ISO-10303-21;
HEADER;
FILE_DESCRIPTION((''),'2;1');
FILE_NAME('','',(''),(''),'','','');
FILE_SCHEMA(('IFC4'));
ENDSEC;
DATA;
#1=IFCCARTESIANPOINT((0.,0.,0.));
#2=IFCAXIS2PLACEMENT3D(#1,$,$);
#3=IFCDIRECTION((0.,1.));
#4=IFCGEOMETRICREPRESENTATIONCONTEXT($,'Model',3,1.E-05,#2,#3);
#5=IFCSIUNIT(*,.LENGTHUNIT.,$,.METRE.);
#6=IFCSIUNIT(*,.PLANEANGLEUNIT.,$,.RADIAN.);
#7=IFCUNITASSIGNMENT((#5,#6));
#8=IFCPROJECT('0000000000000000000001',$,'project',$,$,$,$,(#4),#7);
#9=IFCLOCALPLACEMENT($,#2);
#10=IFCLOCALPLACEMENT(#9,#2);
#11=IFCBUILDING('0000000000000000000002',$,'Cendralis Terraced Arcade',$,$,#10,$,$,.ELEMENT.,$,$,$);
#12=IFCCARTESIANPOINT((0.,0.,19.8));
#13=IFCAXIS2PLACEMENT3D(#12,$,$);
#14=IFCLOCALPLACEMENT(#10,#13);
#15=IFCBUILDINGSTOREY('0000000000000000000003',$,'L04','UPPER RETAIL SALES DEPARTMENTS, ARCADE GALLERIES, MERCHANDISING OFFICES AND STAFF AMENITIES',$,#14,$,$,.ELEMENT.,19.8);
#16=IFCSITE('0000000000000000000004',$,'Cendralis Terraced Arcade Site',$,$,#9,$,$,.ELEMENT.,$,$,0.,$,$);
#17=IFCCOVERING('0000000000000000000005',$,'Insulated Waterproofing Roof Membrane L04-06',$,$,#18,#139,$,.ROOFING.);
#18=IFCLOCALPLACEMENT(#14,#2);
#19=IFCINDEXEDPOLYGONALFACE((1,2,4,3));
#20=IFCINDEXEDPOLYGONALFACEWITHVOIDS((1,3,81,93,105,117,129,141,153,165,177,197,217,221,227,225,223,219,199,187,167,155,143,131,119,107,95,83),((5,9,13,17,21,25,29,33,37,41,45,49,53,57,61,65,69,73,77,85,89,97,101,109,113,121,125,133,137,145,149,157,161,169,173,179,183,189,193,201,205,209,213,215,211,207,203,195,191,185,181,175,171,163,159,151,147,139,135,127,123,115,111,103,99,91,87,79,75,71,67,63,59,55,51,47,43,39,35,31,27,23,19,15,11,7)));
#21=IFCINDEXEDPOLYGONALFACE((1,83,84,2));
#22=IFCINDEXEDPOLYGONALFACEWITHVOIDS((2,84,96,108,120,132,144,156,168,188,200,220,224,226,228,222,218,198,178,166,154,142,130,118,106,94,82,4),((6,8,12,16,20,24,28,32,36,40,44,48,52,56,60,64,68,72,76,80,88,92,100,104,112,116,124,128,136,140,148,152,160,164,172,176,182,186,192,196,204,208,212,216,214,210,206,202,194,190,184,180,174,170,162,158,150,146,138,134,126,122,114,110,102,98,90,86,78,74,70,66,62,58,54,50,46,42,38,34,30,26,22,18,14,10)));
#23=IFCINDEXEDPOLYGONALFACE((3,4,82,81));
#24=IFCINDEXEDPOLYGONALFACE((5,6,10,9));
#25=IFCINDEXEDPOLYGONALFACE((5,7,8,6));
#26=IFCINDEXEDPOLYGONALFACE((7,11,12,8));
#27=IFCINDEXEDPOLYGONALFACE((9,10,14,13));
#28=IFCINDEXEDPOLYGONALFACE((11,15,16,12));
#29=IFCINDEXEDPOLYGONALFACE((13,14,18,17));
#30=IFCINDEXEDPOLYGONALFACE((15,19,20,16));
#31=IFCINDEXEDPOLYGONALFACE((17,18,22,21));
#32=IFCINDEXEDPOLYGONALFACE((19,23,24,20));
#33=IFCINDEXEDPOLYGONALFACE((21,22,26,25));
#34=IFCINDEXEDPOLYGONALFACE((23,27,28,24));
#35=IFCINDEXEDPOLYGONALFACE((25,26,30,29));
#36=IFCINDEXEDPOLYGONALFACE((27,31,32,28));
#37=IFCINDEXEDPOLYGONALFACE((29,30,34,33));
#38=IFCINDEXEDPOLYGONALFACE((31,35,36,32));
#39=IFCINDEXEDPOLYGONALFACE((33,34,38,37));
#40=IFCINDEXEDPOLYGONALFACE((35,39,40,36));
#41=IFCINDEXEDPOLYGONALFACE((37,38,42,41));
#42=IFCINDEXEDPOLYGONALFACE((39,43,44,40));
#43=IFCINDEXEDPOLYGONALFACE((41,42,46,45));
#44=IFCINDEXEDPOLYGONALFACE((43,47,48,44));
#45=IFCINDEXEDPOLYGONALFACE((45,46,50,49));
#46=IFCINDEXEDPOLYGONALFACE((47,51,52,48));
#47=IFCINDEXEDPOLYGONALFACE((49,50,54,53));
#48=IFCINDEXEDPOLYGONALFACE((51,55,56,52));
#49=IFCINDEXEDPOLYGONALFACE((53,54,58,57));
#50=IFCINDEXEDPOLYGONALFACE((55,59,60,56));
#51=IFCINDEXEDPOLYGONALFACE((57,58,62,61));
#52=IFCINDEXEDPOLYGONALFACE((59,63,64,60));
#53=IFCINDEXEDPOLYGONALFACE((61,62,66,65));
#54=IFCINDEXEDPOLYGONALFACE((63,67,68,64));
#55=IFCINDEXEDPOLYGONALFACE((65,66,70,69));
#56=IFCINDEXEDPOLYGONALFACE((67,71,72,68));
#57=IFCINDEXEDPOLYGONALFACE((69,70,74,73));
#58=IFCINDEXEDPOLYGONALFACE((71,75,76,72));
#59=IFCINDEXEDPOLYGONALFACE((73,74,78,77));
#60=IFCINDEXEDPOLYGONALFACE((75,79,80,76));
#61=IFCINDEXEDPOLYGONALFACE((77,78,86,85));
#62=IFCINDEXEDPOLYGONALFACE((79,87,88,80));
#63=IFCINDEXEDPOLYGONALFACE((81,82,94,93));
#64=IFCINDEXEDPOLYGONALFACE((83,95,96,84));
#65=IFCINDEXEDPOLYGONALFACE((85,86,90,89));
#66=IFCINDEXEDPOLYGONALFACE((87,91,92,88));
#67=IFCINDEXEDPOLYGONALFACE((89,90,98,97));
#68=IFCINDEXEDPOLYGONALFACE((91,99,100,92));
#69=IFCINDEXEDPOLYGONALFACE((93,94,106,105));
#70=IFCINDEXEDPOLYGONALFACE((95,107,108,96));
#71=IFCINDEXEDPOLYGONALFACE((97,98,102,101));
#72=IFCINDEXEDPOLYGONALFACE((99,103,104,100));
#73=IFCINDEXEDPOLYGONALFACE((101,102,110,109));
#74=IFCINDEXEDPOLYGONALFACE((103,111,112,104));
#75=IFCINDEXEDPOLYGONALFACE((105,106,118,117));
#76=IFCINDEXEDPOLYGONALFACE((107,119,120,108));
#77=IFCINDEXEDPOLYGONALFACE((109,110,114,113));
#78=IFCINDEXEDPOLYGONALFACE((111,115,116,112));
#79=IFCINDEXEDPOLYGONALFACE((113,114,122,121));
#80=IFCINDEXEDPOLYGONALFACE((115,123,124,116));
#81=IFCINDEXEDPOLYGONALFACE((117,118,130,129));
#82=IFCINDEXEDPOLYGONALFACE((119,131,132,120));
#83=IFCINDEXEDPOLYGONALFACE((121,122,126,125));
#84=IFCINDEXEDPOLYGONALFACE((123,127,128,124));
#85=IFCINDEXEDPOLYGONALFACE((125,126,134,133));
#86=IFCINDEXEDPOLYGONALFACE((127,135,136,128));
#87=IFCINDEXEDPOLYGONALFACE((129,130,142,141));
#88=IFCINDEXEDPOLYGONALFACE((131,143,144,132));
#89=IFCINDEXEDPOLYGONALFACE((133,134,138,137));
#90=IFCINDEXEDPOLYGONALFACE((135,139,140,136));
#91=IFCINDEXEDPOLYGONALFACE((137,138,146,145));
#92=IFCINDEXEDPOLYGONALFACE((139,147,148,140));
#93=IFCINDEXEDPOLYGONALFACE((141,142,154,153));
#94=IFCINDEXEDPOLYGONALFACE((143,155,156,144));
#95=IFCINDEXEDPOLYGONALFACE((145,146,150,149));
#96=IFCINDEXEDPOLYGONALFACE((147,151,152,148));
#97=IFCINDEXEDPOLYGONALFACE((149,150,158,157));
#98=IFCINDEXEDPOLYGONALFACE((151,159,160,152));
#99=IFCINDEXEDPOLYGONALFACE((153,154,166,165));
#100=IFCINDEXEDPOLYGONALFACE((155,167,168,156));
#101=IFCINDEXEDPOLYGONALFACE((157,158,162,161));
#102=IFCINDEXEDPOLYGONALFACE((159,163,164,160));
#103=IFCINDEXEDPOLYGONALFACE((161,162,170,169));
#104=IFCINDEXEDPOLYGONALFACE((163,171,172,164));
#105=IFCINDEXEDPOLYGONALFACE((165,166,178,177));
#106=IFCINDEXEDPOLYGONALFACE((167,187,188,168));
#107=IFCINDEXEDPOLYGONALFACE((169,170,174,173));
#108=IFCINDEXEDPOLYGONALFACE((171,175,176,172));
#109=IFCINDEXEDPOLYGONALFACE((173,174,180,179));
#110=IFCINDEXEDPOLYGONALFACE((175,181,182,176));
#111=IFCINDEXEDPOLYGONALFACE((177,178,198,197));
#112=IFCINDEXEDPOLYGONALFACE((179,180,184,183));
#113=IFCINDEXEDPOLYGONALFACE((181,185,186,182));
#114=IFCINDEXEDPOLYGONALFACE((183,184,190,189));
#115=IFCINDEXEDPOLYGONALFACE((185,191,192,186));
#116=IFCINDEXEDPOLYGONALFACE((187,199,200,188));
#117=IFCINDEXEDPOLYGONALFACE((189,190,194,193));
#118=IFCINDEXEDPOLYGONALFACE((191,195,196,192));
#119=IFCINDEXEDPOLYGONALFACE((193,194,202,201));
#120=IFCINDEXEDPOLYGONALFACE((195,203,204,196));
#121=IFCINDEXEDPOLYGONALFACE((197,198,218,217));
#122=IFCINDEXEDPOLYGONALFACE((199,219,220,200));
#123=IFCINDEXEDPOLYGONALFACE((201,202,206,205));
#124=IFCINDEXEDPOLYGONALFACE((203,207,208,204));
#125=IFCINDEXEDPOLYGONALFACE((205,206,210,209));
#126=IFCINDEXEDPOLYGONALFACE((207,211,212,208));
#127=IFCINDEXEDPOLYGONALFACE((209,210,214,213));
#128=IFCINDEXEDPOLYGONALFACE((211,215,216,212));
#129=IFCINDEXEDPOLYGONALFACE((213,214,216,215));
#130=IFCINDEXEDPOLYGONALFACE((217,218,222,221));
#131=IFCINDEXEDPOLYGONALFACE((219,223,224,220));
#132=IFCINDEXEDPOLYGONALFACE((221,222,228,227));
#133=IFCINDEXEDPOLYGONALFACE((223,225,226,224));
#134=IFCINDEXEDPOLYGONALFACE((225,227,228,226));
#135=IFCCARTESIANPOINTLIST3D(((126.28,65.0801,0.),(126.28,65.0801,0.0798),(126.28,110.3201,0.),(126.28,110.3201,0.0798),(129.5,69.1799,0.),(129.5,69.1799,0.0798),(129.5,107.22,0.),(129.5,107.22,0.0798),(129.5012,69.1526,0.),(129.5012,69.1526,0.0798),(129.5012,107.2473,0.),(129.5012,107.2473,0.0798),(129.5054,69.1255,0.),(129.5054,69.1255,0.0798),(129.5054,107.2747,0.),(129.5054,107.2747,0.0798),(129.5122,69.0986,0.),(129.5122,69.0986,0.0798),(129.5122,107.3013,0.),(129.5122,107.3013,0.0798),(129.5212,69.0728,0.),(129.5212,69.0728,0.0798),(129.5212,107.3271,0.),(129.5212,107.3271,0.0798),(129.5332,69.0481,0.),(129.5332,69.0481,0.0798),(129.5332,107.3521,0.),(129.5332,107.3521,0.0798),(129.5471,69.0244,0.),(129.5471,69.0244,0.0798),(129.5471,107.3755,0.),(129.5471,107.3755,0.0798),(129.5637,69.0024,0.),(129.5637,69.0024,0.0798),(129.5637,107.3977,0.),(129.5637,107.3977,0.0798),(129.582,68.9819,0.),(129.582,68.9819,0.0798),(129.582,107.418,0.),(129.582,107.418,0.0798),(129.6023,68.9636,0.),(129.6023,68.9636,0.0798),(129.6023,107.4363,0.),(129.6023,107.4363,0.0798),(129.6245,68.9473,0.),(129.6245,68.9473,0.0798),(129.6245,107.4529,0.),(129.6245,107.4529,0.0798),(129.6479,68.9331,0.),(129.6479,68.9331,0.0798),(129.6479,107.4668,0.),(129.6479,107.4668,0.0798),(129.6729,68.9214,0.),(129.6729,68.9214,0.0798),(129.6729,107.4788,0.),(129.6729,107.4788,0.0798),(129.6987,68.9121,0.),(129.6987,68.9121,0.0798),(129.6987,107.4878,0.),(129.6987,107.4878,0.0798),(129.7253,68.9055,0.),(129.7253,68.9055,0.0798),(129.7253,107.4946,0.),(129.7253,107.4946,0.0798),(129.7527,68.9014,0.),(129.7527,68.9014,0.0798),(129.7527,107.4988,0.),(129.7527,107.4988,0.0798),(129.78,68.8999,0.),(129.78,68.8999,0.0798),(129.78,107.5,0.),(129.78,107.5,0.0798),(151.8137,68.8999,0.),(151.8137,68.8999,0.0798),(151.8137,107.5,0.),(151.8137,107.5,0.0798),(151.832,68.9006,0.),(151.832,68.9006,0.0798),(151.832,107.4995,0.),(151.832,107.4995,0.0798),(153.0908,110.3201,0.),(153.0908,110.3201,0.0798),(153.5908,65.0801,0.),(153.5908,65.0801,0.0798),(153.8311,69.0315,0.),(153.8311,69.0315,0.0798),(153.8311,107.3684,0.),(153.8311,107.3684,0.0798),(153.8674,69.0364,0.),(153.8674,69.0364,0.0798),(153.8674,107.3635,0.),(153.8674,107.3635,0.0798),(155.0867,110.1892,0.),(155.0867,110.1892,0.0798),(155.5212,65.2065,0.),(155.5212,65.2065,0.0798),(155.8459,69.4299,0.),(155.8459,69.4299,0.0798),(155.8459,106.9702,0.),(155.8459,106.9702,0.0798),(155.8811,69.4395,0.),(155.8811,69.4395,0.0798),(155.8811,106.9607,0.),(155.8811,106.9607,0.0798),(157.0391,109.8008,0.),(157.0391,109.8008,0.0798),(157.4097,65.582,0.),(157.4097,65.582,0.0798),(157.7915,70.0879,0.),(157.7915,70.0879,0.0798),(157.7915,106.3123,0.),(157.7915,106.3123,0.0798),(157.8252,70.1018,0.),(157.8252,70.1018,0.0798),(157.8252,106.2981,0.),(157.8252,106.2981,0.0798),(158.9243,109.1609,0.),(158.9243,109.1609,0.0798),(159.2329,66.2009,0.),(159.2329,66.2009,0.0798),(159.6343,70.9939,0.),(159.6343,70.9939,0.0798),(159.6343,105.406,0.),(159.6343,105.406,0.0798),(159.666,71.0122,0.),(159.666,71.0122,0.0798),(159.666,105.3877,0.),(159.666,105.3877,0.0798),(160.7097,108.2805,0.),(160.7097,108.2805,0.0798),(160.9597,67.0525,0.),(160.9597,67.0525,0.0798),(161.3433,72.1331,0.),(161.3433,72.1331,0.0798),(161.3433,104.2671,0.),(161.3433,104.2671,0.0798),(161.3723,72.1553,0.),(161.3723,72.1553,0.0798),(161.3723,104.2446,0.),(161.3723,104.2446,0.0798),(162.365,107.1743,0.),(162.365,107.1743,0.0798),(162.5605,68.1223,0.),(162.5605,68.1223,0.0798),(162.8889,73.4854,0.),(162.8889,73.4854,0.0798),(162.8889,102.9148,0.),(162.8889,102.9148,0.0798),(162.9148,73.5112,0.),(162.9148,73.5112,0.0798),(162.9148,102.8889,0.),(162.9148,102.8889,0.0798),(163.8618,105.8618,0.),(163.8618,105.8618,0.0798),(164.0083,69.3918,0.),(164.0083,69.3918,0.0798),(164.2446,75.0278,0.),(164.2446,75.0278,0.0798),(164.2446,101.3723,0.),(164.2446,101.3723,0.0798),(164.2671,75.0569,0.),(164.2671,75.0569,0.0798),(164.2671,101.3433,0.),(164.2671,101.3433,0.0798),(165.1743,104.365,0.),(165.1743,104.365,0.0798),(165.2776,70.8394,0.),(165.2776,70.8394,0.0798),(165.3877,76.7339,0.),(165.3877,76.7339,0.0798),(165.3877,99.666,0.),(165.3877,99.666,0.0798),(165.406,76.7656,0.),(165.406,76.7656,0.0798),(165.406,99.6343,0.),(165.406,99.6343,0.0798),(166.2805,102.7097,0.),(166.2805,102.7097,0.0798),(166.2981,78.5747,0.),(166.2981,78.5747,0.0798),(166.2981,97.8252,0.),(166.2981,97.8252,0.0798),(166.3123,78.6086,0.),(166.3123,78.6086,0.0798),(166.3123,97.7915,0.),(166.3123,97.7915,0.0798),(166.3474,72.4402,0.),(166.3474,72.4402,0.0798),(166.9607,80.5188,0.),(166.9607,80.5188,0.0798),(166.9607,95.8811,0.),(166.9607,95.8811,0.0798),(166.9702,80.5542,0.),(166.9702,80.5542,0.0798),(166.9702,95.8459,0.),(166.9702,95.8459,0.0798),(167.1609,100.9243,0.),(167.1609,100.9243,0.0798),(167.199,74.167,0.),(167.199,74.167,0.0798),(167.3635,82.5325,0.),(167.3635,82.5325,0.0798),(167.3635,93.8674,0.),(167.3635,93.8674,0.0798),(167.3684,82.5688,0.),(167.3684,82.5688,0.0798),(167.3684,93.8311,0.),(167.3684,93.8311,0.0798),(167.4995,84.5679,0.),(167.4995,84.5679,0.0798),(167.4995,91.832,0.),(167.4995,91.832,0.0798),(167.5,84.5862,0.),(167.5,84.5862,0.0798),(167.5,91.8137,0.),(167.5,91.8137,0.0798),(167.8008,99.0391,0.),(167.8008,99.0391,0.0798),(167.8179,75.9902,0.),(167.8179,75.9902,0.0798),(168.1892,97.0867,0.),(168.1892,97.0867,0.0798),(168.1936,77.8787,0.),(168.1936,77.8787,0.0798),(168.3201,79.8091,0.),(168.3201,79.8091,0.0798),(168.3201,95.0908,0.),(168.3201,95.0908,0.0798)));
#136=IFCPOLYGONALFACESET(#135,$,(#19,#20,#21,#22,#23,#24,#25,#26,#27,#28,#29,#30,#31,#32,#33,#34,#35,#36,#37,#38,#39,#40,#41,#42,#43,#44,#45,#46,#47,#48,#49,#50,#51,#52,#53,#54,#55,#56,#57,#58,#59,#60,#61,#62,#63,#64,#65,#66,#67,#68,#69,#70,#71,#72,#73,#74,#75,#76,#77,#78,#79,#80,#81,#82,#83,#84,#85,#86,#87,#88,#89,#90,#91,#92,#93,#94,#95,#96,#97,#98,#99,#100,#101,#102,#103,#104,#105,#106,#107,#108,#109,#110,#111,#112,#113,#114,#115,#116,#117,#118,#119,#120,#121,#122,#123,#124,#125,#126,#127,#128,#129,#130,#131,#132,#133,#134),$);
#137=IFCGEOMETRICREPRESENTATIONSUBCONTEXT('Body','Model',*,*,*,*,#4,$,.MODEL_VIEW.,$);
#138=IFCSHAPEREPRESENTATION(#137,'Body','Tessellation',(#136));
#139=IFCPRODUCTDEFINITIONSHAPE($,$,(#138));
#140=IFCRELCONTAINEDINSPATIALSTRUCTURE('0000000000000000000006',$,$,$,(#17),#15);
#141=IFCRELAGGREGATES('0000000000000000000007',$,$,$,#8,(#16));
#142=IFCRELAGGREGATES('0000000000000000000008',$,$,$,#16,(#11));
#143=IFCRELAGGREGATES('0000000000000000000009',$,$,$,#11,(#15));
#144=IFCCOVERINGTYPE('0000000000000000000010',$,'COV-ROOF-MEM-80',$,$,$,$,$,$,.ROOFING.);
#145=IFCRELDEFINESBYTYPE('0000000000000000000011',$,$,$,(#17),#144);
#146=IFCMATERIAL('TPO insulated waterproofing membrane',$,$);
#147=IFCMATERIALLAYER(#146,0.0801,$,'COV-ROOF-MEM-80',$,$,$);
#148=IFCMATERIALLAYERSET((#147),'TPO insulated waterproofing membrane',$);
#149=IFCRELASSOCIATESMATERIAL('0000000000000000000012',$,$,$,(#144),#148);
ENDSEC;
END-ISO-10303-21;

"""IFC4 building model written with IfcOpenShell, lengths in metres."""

from ifc_helpers import new_model, si_unit, direction, frame, origin, place, context, subcontext, project, spatial, polyline, outline, extrude, material, layer, layer_set, type_object, element, save


model = new_model("IFC4")

# Units and contexts
model_context = context("Model", 3, precision=1e-05, world=origin(), true_north=direction((0.0, 1.0)))
body_context = subcontext(model_context, "Body", "Model", "MODEL_VIEW")
ifc_project = project(units=[si_unit("LENGTHUNIT", "METRE"), si_unit("PLANEANGLEUNIT", "RADIAN")], contexts=[model_context])

# Site, building, storey
site_placement = place(None, origin())
site = spatial("IfcSite", under=ifc_project, at=site_placement, Name="Cendralis Terraced Arcade Site", CompositionType="ELEMENT", RefElevation=0.0)
building_placement = place(site_placement, origin())
building = spatial("IfcBuilding", under=site, at=building_placement, Name="Cendralis Terraced Arcade", CompositionType="ELEMENT")
storey_placement = place(building_placement, frame((0.0, 0.0, 19.8)))
storey = spatial("IfcBuildingStorey", under=building, at=storey_placement, Name="L04", Description="UPPER RETAIL SALES DEPARTMENTS, ARCADE GALLERIES, MERCHANDISING OFFICES AND STAFF AMENITIES", CompositionType="ELEMENT", Elevation=19.8)

# Covering
ifc_material_1 = material(Name="TPO insulated waterproofing membrane")
ifc_layer_1 = layer(ifc_material_1, 0.0801, Name="COV-ROOF-MEM-80")
ifc_layer_set_1 = layer_set([ifc_layer_1], Name="TPO insulated waterproofing membrane")
covering_type_1 = type_object("IfcCoveringType", Name="COV-ROOF-MEM-80", PredefinedType="ROOFING", material=ifc_layer_set_1)
covering_1_placement = place(storey_placement, origin())
element("IfcCovering", 1, at=covering_1_placement, inside=storey, type_object=covering_type_1, Name="Insulated Waterproofing Roof Membrane L04-06", PredefinedType="ROOFING", context=body_context, shape_type="SweptSolid", body=[
    extrude(outline(polyline([(158.9243, 109.1609), (160.7097, 108.2805), (162.365, 107.1743), (163.8618, 105.8618), (165.1743, 104.365), (166.2805, 102.7097), (167.1609, 100.9243), (167.8008, 99.0391), (168.1892, 97.0867), (168.3201, 95.0908), (168.3201, 79.8091), (168.1936, 77.8787), (167.8179, 75.9902), (167.199, 74.167), (166.3474, 72.4402), (165.2776, 70.8394), (164.0083, 69.3918), (162.5605, 68.1223), (160.9597, 67.0525), (159.2329, 66.2009), (157.4097, 65.582), (155.5212, 65.2065), (153.5908, 65.0801), (126.28, 65.0801), (126.28, 110.3201), (153.0908, 110.3201), (155.0867, 110.1892), (157.0391, 109.8008), (158.9243, 109.1609)]), holes=[polyline([(151.8137, 68.8999), (151.832, 68.9006), (153.8311, 69.0315), (153.8674, 69.0364), (155.8459, 69.4299), (155.8811, 69.4395), (157.7915, 70.0879), (157.8252, 70.1018), (159.6343, 70.9939), (159.666, 71.0122), (161.3433, 72.1331), (161.3723, 72.1553), (162.8889, 73.4854), (162.9148, 73.5112), (164.2446, 75.0278), (164.2671, 75.0569), (165.3877, 76.7339), (165.406, 76.7656), (166.2981, 78.5747), (166.3123, 78.6086), (166.9607, 80.5188), (166.9702, 80.5542), (167.3635, 82.5325), (167.3684, 82.5688), (167.4995, 84.5679), (167.5, 84.5862), (167.5, 91.8137), (167.4995, 91.832), (167.3684, 93.8311), (167.3635, 93.8674), (166.9702, 95.8459), (166.9607, 95.8811), (166.3123, 97.7915), (166.2981, 97.8252), (165.406, 99.6343), (165.3877, 99.666), (164.2671, 101.3433), (164.2446, 101.3723), (162.9148, 102.8889), (162.8889, 102.9148), (161.3723, 104.2446), (161.3433, 104.2671), (159.666, 105.3877), (159.6343, 105.406), (157.8252, 106.2981), (157.7915, 106.3123), (155.8811, 106.9607), (155.8459, 106.9702), (153.8674, 107.3635), (153.8311, 107.3684), (151.832, 107.4995), (151.8137, 107.5), (129.78, 107.5), (129.7527, 107.4988), (129.7253, 107.4946), (129.6987, 107.4878), (129.6729, 107.4788), (129.6479, 107.4668), (129.6245, 107.4529), (129.6023, 107.4363), (129.582, 107.418), (129.5637, 107.3977), (129.5471, 107.3755), (129.5332, 107.3521), (129.5212, 107.3271), (129.5122, 107.3013), (129.5054, 107.2747), (129.5012, 107.2473), (129.5, 107.22), (129.5, 69.1799), (129.5012, 69.1526), (129.5054, 69.1255), (129.5122, 69.0986), (129.5212, 69.0728), (129.5332, 69.0481), (129.5471, 69.0244), (129.5637, 69.0024), (129.582, 68.9819), (129.6023, 68.9636), (129.6245, 68.9473), (129.6479, 68.9331), (129.6729, 68.9214), (129.6987, 68.9121), (129.7253, 68.9055), (129.7527, 68.9014), (129.78, 68.8999), (151.8137, 68.8999)])]), origin(), (0.0, 0.0, 1.0), 0.0798),
])

save(model, "model.ifc")
